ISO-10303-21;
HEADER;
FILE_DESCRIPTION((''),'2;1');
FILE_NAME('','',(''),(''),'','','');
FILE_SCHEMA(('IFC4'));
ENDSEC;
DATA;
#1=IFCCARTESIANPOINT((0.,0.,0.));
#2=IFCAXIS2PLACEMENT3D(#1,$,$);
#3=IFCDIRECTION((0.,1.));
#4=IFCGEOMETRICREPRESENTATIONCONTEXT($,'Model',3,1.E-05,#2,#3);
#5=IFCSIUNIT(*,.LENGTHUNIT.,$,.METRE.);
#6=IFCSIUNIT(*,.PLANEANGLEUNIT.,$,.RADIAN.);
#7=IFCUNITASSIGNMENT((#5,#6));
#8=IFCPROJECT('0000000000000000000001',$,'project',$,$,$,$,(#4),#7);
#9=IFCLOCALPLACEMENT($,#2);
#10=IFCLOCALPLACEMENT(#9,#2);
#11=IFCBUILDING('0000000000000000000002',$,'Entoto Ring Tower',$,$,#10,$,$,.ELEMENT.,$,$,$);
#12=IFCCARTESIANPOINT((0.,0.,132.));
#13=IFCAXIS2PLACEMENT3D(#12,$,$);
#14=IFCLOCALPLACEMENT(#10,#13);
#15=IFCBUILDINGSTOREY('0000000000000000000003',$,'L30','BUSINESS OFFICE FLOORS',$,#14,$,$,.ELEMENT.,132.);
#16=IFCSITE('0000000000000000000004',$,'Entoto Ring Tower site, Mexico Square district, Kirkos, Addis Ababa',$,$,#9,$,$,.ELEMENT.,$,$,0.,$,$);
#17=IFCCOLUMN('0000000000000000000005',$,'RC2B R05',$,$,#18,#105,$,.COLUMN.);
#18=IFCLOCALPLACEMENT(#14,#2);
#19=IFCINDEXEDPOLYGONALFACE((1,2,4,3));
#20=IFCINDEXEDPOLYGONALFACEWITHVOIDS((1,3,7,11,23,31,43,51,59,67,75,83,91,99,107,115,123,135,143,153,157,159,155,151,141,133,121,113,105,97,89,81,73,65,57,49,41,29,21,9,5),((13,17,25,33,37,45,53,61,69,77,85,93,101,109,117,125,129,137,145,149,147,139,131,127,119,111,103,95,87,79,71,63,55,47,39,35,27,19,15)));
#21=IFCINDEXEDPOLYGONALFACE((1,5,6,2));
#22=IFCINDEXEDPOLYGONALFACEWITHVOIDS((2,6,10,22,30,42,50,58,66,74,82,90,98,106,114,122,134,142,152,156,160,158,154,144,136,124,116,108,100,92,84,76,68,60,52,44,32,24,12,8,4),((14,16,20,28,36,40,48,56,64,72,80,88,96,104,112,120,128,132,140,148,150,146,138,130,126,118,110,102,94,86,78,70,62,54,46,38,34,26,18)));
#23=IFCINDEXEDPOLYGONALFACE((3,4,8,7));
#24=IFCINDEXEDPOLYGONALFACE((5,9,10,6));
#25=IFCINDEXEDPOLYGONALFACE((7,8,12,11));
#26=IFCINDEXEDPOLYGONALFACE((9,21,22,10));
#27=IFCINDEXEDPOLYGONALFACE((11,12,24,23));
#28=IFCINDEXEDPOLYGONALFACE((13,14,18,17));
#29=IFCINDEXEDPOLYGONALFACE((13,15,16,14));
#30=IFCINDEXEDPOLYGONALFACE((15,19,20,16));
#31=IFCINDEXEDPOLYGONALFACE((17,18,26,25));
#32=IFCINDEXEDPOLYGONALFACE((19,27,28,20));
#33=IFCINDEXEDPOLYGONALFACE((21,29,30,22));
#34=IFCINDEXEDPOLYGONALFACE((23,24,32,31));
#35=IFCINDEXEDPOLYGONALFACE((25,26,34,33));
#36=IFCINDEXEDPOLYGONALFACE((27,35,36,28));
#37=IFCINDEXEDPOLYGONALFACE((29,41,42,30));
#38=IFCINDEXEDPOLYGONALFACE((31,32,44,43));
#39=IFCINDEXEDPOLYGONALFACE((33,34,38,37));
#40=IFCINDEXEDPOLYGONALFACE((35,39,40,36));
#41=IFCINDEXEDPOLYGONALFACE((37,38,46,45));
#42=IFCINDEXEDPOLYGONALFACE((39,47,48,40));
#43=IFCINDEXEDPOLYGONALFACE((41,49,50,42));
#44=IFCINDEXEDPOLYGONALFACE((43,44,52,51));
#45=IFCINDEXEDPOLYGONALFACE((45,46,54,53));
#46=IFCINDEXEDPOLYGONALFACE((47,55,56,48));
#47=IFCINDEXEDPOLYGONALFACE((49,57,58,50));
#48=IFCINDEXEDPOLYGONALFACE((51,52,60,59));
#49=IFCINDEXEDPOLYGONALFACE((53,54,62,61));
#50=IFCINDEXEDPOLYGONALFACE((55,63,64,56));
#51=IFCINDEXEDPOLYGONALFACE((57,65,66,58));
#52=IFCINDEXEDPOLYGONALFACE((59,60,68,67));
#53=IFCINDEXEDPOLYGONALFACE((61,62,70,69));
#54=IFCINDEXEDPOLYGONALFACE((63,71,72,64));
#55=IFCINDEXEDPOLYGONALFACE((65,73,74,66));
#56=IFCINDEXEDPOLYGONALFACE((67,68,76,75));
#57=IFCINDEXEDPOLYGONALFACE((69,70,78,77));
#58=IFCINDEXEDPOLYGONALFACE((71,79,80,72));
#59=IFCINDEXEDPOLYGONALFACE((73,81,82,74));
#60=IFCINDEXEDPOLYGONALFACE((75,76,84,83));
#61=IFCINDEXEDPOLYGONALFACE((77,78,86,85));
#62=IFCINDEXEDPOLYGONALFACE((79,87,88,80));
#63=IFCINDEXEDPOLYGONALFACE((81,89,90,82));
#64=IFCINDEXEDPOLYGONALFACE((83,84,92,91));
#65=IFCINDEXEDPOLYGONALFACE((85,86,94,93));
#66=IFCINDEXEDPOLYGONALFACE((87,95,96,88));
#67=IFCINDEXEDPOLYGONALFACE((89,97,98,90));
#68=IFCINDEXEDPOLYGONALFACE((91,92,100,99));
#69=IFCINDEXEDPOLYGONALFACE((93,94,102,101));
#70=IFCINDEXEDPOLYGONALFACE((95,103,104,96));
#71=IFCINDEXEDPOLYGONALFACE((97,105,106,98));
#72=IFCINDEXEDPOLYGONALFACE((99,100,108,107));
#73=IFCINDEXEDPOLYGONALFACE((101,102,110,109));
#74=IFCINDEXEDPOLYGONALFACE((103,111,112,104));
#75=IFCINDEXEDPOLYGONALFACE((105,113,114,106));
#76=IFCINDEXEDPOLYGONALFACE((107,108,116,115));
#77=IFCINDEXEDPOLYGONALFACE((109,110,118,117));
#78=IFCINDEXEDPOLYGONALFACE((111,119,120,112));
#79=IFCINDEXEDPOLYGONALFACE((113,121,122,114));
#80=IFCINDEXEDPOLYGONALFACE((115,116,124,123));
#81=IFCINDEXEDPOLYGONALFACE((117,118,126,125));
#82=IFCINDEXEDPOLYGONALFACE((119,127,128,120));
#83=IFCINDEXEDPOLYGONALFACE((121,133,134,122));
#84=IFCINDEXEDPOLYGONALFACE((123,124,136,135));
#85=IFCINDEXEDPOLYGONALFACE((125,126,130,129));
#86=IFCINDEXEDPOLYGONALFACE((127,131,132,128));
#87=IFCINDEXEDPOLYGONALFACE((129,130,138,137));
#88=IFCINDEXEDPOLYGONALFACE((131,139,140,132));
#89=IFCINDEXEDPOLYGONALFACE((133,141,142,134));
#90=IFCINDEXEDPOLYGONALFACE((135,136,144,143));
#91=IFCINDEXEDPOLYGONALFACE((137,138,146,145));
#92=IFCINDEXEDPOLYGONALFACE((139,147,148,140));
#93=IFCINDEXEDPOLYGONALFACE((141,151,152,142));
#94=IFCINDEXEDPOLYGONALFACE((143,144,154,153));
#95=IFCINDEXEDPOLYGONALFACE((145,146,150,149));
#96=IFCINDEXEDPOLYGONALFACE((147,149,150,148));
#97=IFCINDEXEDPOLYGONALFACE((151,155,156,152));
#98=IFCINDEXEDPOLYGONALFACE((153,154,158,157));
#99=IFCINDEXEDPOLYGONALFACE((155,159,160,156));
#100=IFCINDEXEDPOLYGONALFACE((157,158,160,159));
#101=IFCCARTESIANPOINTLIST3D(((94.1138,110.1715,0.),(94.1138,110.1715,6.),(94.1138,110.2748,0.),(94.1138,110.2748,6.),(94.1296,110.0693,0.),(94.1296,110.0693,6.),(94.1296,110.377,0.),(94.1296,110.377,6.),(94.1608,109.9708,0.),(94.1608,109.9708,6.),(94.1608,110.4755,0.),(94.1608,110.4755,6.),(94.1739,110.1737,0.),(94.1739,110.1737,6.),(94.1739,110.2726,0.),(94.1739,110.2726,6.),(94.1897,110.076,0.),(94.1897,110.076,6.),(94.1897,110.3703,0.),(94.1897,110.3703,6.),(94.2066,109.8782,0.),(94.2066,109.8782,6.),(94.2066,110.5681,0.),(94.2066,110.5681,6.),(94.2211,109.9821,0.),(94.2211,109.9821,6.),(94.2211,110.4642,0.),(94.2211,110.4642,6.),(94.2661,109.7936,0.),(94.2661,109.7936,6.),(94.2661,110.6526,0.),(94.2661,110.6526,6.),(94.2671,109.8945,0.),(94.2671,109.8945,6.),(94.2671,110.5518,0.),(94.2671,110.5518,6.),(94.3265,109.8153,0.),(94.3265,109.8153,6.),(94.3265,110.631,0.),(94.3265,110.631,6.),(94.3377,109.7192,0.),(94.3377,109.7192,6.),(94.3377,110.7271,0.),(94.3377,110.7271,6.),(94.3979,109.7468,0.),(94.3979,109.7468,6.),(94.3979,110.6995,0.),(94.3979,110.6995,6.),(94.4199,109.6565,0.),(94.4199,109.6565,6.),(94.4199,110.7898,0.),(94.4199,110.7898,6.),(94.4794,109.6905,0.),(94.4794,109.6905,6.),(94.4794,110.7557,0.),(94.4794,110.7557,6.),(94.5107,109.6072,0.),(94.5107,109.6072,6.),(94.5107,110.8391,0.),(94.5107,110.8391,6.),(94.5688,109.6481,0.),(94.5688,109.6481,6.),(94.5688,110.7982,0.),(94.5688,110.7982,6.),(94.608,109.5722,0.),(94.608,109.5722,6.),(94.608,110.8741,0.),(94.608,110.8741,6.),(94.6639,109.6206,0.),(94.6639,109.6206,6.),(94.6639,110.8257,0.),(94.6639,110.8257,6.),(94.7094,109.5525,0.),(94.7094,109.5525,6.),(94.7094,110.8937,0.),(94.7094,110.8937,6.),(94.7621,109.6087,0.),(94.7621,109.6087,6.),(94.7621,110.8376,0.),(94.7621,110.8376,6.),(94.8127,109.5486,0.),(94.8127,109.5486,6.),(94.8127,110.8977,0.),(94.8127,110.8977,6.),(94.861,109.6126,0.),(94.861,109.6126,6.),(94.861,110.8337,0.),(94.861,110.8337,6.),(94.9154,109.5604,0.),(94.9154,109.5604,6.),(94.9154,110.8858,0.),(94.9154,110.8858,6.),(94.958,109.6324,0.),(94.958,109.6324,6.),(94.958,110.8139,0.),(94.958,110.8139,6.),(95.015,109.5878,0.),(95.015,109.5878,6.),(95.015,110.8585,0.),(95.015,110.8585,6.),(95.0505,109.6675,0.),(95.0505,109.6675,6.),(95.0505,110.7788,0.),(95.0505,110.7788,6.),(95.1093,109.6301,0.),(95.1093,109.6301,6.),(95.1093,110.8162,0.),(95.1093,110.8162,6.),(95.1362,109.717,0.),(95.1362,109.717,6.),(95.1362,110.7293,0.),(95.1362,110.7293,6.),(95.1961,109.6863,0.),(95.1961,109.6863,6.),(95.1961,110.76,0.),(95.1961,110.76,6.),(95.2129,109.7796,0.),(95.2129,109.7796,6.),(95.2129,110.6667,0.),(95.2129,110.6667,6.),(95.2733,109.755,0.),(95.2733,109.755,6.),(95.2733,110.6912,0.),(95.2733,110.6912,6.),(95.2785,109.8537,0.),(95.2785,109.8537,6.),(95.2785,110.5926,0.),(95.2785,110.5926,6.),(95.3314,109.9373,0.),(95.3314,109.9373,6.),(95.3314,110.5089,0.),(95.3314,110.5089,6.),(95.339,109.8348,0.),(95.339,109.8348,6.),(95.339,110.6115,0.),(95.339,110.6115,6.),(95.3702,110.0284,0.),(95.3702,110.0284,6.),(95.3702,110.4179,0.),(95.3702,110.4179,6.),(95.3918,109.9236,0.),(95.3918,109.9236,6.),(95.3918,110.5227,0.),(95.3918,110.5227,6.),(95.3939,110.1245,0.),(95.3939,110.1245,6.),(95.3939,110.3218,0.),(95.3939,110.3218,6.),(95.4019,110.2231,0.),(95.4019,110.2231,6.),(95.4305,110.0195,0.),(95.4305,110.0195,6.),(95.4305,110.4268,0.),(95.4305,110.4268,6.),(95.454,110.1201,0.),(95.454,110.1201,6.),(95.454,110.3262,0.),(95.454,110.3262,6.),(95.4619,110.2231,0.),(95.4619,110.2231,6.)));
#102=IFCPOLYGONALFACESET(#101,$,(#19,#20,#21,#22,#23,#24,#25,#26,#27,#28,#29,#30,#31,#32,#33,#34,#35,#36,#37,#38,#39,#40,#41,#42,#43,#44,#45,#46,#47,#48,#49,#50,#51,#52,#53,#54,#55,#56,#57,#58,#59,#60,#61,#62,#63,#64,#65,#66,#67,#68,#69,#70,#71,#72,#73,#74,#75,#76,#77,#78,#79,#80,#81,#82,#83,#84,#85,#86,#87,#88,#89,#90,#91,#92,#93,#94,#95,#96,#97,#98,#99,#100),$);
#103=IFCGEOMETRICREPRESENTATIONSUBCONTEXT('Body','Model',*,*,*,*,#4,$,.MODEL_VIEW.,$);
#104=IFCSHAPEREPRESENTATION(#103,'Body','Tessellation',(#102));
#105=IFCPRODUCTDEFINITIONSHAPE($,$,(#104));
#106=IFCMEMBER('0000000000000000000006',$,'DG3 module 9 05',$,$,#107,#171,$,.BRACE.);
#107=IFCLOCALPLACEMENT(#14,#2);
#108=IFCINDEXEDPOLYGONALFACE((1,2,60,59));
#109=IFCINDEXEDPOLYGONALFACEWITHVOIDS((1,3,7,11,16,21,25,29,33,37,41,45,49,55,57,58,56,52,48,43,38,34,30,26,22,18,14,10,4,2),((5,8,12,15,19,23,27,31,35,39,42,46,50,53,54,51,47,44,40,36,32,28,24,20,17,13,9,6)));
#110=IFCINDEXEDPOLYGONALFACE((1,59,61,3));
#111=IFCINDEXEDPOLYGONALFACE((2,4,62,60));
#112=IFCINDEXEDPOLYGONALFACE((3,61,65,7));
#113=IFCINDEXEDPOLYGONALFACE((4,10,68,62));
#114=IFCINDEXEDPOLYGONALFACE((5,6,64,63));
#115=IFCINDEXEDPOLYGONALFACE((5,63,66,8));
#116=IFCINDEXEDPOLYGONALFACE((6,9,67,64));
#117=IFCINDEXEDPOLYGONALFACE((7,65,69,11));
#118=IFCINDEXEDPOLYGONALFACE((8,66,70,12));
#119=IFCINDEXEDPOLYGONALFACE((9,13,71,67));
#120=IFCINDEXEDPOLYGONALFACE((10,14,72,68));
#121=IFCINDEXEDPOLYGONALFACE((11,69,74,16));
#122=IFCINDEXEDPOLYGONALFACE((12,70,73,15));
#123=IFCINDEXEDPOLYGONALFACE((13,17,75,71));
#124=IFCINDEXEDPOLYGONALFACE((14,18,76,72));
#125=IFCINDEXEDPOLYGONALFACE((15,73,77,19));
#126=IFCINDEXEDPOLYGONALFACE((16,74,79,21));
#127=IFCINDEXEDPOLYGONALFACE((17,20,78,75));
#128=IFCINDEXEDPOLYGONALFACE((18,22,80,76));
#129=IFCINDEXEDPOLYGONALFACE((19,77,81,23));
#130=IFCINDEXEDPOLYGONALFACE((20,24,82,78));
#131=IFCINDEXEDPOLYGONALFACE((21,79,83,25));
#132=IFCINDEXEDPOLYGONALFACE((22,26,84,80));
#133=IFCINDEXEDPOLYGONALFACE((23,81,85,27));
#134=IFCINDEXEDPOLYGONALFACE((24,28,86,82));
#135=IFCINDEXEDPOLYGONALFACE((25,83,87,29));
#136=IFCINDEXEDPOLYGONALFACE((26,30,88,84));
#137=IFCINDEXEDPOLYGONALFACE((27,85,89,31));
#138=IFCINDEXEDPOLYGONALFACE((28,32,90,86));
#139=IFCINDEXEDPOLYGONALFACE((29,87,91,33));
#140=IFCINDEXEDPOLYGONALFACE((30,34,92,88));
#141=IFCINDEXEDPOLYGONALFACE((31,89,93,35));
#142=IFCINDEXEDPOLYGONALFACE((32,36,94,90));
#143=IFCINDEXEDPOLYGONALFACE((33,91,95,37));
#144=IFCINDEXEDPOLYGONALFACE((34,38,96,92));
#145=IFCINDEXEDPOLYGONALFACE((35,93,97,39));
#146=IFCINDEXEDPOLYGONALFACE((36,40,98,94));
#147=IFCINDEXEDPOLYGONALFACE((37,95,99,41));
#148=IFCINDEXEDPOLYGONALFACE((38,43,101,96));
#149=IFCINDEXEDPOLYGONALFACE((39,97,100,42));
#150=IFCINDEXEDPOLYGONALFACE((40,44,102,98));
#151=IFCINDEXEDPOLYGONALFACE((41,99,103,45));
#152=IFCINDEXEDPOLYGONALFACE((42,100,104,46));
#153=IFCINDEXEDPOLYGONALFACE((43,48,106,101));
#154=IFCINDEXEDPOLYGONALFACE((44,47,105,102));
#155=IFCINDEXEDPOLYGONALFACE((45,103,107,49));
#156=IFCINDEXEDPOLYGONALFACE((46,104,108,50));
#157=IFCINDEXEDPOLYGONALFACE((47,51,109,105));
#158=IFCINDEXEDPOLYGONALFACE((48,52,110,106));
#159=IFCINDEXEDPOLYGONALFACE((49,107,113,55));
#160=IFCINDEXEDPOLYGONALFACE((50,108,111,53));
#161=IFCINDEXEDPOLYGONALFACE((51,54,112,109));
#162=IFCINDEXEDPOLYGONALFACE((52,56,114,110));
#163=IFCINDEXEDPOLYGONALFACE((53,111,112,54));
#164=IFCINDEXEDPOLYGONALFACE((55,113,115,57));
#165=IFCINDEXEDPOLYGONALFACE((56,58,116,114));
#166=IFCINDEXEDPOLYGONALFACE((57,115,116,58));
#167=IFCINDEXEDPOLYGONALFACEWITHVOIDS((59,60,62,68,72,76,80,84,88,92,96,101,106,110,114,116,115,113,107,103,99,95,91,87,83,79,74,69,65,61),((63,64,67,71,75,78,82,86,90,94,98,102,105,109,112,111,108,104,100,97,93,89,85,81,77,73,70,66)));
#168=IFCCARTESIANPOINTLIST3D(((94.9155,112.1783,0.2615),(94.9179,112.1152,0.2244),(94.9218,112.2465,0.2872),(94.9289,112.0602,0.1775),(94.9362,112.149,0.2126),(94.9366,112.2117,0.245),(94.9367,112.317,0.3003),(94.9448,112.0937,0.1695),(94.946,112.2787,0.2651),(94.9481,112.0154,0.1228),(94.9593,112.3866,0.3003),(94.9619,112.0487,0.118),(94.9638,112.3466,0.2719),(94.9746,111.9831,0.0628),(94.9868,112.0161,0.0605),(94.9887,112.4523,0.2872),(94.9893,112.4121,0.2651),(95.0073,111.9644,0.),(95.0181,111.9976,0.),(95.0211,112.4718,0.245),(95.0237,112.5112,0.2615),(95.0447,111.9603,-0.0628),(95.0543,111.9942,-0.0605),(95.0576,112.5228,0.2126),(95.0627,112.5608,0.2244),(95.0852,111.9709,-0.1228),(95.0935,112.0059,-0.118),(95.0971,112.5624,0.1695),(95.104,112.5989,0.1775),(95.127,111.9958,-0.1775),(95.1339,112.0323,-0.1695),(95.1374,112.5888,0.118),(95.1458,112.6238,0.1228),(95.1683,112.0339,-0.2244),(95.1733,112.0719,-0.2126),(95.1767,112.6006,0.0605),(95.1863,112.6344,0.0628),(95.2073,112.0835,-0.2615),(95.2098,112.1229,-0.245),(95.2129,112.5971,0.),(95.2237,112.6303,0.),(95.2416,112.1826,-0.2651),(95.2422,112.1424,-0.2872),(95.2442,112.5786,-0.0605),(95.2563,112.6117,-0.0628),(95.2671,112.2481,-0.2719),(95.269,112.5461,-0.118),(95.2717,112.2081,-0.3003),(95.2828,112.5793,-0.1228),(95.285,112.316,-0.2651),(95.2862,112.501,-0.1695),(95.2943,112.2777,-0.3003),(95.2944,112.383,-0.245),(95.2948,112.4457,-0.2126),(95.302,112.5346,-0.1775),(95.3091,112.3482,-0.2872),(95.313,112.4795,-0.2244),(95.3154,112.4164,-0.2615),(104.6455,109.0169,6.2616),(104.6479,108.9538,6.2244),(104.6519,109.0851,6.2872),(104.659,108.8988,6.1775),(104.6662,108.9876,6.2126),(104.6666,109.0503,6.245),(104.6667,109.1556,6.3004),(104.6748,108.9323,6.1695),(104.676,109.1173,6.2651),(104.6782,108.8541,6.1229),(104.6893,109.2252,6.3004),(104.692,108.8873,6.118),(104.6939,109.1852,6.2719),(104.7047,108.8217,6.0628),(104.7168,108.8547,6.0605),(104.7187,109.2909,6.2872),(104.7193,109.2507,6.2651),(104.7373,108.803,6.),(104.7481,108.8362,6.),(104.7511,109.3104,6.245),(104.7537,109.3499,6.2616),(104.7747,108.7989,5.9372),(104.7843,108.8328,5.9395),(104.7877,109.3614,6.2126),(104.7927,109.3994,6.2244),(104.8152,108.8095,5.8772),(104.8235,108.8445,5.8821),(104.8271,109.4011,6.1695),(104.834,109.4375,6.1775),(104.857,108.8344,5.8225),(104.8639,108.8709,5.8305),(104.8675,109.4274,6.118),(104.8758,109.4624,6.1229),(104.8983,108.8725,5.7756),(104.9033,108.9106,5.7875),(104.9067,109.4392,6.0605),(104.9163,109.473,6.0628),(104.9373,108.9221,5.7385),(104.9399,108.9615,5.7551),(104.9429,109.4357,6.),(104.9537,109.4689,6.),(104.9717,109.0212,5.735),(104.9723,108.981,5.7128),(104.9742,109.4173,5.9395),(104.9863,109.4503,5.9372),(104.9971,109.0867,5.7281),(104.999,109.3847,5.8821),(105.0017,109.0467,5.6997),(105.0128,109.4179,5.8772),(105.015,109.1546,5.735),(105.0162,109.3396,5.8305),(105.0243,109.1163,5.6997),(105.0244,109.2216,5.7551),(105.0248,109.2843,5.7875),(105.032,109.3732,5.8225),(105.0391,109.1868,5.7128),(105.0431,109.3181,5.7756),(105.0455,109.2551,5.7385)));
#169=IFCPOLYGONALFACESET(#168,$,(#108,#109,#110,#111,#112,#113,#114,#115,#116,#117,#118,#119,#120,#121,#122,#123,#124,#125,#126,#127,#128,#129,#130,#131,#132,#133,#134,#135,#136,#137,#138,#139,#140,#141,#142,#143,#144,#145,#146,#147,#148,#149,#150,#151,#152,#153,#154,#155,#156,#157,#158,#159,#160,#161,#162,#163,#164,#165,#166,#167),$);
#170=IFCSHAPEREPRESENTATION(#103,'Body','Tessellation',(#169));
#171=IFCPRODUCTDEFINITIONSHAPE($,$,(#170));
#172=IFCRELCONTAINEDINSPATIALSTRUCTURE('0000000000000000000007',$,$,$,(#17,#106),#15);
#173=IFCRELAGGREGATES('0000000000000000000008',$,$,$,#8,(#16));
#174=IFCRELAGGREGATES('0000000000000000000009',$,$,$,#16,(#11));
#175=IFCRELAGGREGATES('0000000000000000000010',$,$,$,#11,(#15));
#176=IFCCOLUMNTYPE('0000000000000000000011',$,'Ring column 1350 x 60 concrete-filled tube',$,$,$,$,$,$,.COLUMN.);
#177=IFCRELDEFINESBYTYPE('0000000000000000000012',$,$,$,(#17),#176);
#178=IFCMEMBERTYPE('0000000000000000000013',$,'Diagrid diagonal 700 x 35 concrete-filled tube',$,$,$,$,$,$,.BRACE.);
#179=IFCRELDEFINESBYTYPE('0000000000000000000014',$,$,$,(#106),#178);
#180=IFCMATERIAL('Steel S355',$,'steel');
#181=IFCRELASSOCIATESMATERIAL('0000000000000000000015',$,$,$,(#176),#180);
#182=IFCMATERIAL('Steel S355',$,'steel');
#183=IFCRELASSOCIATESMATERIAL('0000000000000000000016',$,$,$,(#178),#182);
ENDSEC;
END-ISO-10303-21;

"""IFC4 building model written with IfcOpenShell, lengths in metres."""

from ifc_helpers import new_model, si_unit, direction, frame, origin, origin_2d, place, context, subcontext, project, spatial, circle, hollow_circle, extrude, material, material_profile, profile_set, type_object, element, save


model = new_model("IFC4")

# Units and contexts
model_context = context("Model", 3, precision=1e-05, world=origin(), true_north=direction((0.0, 1.0)))
body_context = subcontext(model_context, "Body", "Model", "MODEL_VIEW")
ifc_project = project(units=[si_unit("LENGTHUNIT", "METRE"), si_unit("PLANEANGLEUNIT", "RADIAN")], contexts=[model_context])

# Site, building, storey
site_placement = place(None, origin())
site = spatial("IfcSite", under=ifc_project, at=site_placement, Name="Entoto Ring Tower site, Mexico Square district, Kirkos, Addis Ababa", CompositionType="ELEMENT", RefElevation=0.0)
building_placement = place(site_placement, origin())
building = spatial("IfcBuilding", under=site, at=building_placement, Name="Entoto Ring Tower", CompositionType="ELEMENT")
storey_placement = place(building_placement, frame((0.0, 0.0, 132.0)))
storey = spatial("IfcBuildingStorey", under=building, at=storey_placement, Name="L30", Description="BUSINESS OFFICE FLOORS", CompositionType="ELEMENT", Elevation=132.0)

# Column
ifc_material_1 = material(Name="Steel S355", Category="steel")
ifc_material_profile_1 = material_profile(ifc_material_1, hollow_circle(Radius=0.675, WallThickness=0.0601, at=origin_2d()), Name="CHS 1350 x 60")
ifc_material_2 = material(Name="Concrete C60/75", Category="concrete")
ifc_material_profile_2 = material_profile(ifc_material_2, circle(Radius=0.615, at=origin_2d()), Name="Concrete C60/75 infill")
ifc_profile_set_1 = profile_set([ifc_material_profile_1, ifc_material_profile_2], Name="Steel S355")
column_type = type_object("IfcColumnType", Name="Ring column 1350 x 60 concrete-filled tube", PredefinedType="COLUMN", material=ifc_profile_set_1)
column_placement = place(storey_placement, frame((94.7869, 110.2231, 0.0), z_axis=(0.0, 0.0, 1.0), x_axis=(1.0, 0.0, 0.0)))
element("IfcColumn", 1, at=column_placement, inside=storey, type_object=column_type, Name="RC2B R05", PredefinedType="COLUMN", context=body_context, shape_type="SweptSolid", body=[
    extrude(hollow_circle(Radius=0.675, WallThickness=0.0601, at=origin_2d()), origin(), (0.0, 0.0, 1.0), 6.0),
])

# Member
ifc_material_3 = material(Name="Steel S355", Category="steel")
ifc_material_profile_3 = material_profile(ifc_material_3, hollow_circle(Radius=0.3501, WallThickness=0.0349, at=origin_2d()), Name="CHS 700 x 35")
ifc_material_4 = material(Name="Concrete C60/75", Category="concrete")
ifc_material_profile_4 = material_profile(ifc_material_4, circle(Radius=0.3149, at=origin_2d()), Name="Concrete C60/75 infill")
ifc_profile_set_2 = profile_set([ifc_material_profile_3, ifc_material_profile_4], Name="Steel S355")
member_type_1 = type_object("IfcMemberType", Name="Diagrid diagonal 700 x 35 concrete-filled tube", PredefinedType="BRACE", material=ifc_profile_set_2)
member_1_placement = place(storey_placement, frame((95.1155, 112.2974, 0.0), z_axis=(0.820382, -0.266551, 0.505889), x_axis=(0.309009, 0.951059, 0.0)))
element("IfcMember", 2, at=member_1_placement, inside=storey, type_object=member_type_1, Name="DG3 module 9 05", PredefinedType="BRACE", context=body_context, shape_type="SweptSolid", body=[
    extrude(hollow_circle(Radius=0.3501, WallThickness=0.0349, at=origin_2d()), origin(), (0.0, 0.0, 1.0), 11.8604),
])

save(model, "model.ifc")
